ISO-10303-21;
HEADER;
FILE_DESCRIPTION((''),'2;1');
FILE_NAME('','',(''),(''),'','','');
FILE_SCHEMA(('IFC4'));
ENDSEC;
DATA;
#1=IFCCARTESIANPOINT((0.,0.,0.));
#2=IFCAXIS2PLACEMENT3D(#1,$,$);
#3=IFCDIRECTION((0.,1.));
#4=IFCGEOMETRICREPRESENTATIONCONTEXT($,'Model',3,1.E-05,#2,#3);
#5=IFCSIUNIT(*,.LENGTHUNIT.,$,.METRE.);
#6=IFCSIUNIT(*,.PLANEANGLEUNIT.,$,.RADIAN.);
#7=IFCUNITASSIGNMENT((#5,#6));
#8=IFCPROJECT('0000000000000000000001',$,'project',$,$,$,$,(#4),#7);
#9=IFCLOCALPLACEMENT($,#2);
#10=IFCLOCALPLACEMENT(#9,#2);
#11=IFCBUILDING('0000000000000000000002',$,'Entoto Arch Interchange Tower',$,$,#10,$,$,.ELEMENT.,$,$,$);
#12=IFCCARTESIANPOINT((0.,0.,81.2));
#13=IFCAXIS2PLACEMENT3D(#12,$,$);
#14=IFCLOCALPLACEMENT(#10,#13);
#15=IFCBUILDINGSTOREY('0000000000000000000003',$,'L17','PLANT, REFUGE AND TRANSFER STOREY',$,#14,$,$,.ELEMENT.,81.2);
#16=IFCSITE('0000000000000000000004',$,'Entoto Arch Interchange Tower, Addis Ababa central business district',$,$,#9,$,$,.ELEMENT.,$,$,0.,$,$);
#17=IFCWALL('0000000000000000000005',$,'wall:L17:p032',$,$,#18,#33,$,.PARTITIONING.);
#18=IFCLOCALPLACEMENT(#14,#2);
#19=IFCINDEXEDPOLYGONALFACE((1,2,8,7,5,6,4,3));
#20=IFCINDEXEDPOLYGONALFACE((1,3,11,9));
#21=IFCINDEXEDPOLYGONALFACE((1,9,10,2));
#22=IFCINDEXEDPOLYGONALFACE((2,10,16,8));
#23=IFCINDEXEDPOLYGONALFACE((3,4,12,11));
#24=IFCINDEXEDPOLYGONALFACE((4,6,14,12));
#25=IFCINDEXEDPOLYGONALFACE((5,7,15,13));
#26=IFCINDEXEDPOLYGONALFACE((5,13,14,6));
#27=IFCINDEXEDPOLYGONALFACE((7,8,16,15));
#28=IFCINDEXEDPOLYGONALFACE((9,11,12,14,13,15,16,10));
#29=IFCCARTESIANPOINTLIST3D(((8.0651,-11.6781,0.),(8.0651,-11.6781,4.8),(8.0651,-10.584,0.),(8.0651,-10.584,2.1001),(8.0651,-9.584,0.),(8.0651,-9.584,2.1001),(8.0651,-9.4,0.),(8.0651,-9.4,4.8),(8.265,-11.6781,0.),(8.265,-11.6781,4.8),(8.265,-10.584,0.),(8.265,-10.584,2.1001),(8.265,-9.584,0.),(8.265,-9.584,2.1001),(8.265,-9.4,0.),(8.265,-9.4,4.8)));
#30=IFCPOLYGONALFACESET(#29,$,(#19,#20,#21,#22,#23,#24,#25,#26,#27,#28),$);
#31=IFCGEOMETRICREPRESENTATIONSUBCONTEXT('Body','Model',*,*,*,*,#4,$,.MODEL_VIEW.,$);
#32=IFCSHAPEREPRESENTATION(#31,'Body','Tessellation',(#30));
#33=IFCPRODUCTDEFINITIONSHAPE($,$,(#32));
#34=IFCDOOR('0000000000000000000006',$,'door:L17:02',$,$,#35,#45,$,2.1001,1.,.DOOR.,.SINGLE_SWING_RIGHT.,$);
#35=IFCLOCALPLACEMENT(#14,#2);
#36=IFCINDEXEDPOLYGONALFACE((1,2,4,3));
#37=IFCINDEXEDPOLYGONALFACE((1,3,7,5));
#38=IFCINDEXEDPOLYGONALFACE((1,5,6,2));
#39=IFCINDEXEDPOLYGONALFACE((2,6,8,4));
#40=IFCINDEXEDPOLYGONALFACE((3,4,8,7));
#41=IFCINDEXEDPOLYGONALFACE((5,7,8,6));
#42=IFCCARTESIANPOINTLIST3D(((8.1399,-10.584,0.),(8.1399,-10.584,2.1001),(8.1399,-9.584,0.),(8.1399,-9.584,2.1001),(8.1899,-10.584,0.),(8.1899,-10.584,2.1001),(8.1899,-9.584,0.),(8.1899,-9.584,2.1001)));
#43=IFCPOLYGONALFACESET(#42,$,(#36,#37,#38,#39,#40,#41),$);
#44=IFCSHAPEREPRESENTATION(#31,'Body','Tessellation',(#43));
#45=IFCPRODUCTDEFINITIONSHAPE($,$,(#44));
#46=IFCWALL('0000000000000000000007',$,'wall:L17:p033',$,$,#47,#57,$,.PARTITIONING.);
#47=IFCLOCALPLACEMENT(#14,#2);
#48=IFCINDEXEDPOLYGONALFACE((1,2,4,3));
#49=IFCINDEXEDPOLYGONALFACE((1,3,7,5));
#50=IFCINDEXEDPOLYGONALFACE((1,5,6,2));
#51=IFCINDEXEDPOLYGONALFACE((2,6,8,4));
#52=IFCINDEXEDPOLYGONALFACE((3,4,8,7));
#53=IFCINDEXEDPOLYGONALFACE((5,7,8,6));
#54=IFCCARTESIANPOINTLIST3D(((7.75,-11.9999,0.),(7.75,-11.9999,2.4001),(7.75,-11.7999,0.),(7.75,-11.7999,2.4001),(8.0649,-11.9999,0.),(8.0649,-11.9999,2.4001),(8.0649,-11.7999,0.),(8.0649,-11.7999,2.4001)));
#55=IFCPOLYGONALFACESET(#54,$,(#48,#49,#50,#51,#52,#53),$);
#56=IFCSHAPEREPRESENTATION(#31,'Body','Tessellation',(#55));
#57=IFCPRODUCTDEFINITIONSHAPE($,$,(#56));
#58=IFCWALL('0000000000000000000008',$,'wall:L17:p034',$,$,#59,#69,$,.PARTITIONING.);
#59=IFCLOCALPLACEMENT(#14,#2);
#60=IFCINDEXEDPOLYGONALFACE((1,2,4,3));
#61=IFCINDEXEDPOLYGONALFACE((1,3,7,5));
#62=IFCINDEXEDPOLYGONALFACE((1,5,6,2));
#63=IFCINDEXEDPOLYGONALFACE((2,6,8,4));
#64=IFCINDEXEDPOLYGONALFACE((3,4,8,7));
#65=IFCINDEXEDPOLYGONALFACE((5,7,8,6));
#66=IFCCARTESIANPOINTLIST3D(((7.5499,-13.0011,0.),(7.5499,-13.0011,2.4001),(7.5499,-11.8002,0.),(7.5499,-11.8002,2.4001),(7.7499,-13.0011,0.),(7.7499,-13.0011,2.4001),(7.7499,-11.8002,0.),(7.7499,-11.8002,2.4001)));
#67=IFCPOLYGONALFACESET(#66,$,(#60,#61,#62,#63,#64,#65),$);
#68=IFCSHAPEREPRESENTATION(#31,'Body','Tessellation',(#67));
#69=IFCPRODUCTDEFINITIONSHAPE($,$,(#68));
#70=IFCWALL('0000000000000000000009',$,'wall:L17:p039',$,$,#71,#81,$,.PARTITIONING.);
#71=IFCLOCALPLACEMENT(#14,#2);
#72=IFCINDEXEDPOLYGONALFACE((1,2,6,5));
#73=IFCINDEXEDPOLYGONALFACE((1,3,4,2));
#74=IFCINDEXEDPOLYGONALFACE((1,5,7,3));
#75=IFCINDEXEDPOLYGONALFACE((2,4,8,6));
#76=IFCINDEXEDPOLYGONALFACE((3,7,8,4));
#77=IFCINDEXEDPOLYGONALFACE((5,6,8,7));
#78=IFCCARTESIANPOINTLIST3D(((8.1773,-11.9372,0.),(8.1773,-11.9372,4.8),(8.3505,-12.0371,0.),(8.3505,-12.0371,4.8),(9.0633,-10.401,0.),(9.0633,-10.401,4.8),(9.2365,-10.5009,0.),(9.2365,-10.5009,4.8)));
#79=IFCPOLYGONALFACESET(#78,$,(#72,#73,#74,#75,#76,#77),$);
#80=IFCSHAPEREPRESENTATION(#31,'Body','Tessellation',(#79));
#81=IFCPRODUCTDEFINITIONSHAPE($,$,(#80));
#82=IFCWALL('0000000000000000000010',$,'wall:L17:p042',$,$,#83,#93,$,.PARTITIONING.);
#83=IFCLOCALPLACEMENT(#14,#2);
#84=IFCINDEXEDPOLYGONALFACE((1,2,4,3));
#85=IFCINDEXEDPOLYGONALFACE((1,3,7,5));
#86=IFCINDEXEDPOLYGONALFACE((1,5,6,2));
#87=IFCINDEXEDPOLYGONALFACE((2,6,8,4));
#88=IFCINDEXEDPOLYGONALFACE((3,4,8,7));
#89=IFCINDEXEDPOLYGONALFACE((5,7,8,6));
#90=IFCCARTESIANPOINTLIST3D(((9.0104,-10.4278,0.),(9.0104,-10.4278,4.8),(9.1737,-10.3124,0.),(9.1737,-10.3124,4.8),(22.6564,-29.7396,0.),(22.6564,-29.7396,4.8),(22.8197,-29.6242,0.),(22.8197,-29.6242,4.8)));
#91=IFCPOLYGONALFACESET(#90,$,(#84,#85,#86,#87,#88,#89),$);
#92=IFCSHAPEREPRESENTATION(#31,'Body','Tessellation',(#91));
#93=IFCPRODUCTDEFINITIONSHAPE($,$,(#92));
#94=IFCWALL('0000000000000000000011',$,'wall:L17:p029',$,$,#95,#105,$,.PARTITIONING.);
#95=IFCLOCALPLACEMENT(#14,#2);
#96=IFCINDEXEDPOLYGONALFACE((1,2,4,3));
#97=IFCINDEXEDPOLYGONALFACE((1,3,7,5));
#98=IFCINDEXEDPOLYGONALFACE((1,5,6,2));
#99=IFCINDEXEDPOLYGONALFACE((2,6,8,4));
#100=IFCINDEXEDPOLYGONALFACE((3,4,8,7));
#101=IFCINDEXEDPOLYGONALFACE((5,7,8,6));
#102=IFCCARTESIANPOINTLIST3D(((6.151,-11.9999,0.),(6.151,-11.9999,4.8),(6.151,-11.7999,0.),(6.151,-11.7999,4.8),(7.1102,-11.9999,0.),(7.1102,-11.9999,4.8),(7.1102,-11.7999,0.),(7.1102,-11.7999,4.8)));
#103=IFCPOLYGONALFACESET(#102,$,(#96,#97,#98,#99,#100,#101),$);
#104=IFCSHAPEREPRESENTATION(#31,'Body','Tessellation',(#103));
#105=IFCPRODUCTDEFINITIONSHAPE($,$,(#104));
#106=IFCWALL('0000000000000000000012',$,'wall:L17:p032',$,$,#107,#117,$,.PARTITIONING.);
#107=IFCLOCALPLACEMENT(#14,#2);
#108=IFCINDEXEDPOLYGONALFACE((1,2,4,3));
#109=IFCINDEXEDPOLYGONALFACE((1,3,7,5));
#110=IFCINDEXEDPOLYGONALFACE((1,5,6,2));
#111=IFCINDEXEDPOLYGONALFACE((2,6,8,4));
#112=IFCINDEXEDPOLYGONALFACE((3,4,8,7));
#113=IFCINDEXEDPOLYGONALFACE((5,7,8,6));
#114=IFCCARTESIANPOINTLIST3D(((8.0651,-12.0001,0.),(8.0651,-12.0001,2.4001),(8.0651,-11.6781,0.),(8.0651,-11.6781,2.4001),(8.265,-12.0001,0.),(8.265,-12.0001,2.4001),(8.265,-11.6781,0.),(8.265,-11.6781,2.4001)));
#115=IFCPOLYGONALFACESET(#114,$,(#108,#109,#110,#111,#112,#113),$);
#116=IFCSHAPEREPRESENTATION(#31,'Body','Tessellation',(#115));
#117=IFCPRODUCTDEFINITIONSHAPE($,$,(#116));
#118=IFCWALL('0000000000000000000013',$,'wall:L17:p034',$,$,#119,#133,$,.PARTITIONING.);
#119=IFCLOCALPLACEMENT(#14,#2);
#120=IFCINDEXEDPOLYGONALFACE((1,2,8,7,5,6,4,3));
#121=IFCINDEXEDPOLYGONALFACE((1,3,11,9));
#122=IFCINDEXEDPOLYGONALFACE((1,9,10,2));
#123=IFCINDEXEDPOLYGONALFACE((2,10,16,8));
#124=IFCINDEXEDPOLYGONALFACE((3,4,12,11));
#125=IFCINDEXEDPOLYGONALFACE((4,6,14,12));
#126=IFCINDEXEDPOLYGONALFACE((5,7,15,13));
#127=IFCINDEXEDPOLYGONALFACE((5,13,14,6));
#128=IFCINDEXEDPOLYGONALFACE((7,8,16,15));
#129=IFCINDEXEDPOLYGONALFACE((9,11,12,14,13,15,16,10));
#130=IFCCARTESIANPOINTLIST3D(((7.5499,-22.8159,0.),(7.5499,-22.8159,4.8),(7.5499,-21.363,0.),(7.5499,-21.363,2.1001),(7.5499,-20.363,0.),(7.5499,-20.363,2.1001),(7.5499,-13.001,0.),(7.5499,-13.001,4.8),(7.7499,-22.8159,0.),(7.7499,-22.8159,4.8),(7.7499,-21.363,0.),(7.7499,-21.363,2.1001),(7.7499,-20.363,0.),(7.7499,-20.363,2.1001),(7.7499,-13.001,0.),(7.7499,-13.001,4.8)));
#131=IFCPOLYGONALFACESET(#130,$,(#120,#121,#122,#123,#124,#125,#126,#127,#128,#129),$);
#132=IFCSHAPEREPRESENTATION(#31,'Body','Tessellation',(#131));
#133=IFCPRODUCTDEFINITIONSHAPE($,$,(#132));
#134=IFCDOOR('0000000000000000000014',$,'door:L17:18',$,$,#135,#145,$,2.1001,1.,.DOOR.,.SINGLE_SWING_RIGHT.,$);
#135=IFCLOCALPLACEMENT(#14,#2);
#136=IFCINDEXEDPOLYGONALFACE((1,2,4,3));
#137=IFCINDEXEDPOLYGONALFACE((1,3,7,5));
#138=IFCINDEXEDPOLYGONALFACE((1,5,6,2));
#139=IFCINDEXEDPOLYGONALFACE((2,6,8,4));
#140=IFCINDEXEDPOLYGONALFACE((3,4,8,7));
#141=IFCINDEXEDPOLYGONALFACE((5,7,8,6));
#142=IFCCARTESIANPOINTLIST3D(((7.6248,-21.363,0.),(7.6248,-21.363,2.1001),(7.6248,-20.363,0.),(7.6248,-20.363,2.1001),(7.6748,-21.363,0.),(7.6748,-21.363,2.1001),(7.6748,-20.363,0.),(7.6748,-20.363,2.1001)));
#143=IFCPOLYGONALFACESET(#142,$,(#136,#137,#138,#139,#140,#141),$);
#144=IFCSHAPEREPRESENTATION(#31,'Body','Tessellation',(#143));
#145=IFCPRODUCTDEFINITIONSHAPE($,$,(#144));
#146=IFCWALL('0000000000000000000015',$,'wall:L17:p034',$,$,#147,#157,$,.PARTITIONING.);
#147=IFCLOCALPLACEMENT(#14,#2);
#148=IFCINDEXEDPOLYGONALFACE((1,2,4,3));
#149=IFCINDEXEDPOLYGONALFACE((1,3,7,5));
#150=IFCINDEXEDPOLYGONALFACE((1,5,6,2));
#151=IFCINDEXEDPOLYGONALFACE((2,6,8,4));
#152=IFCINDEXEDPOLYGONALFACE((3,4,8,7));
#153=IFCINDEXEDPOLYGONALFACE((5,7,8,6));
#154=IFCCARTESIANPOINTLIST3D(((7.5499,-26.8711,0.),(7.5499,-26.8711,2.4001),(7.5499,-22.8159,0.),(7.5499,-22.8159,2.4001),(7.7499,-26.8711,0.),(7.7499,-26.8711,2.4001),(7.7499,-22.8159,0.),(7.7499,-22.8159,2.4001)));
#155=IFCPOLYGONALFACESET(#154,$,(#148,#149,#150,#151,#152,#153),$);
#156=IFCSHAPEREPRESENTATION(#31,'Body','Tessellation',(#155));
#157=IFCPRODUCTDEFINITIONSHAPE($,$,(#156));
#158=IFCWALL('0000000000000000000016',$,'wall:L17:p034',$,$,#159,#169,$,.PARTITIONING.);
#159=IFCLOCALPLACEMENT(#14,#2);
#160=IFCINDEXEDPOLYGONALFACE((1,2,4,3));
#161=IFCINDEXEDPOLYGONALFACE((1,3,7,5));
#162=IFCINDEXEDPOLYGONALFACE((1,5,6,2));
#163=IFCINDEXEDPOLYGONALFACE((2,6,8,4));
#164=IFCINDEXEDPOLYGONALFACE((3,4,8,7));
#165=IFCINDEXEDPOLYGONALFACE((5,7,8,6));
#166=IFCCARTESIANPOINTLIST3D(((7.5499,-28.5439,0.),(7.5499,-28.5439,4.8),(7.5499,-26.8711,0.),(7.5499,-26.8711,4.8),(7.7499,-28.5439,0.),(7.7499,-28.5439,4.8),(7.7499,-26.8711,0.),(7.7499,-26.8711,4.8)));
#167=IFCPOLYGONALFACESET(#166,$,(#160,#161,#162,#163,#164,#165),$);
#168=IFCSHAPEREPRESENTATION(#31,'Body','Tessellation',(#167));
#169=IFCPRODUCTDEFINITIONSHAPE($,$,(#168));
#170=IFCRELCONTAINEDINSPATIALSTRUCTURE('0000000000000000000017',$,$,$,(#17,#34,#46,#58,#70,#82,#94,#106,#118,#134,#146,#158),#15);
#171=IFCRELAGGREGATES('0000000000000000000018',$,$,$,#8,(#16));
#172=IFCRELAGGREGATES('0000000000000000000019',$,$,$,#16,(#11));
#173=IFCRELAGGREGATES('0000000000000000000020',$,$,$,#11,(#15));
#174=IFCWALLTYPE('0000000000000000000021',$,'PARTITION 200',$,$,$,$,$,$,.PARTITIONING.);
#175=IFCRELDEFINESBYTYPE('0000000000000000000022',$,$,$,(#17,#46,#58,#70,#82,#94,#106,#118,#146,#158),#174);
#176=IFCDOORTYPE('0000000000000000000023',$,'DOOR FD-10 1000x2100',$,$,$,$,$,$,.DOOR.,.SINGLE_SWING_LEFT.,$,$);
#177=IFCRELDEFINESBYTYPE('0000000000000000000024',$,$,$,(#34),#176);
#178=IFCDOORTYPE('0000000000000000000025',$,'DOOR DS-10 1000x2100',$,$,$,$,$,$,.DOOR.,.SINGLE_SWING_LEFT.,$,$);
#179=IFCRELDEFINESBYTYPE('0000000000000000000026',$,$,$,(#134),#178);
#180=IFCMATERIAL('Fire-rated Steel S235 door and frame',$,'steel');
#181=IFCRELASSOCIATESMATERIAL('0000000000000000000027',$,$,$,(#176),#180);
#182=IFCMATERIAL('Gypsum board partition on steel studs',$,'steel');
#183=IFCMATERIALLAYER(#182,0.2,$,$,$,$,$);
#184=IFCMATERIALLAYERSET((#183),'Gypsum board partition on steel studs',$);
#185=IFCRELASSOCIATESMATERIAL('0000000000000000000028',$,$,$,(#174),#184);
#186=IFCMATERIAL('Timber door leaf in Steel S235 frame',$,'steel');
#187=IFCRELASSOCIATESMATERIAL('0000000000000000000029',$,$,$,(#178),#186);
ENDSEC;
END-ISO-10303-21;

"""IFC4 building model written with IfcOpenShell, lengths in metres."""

from ifc_helpers import new_model, si_unit, direction, frame, frame_2d, origin, place, context, subcontext, project, spatial, rectangle, extrude, material, layer, layer_set, type_object, element, fill, save


model = new_model("IFC4")

# Units and contexts
model_context = context("Model", 3, precision=1e-05, world=origin(), true_north=direction((0.0, 1.0)))
body_context = subcontext(model_context, "Body", "Model", "MODEL_VIEW")
ifc_project = project(units=[si_unit("LENGTHUNIT", "METRE"), si_unit("PLANEANGLEUNIT", "RADIAN")], contexts=[model_context])

# Site, building, storey
site_placement = place(None, origin())
site = spatial("IfcSite", under=ifc_project, at=site_placement, Name="Entoto Arch Interchange Tower, Addis Ababa central business district", CompositionType="ELEMENT", RefElevation=0.0)
building_placement = place(site_placement, origin())
building = spatial("IfcBuilding", under=site, at=building_placement, Name="Entoto Arch Interchange Tower", CompositionType="ELEMENT")
storey_placement = place(building_placement, frame((0.0, 0.0, 81.2)))
storey = spatial("IfcBuildingStorey", under=building, at=storey_placement, Name="L17", Description="PLANT, REFUGE AND TRANSFER STOREY", CompositionType="ELEMENT", Elevation=81.2)

# Shared definitions
ifc_material_1 = material(Name="Fire-rated Steel S235 door and frame", Category="steel")
door_type_1 = type_object("IfcDoorType", Name="DOOR FD-10 1000x2100", OperationType="SINGLE_SWING_LEFT", PredefinedType="DOOR", material=ifc_material_1)
ifc_material_2 = material(Name="Gypsum board partition on steel studs", Category="steel")
ifc_layer_1 = layer(ifc_material_2, 0.2)
ifc_layer_set_1 = layer_set([ifc_layer_1], Name="Gypsum board partition on steel studs")
wall_type_1 = type_object("IfcWallType", Name="PARTITION 200", PredefinedType="PARTITIONING", material=ifc_layer_set_1)

# Wall, opening, door
wall_1_placement = place(storey_placement, frame((8.165, -9.3999, 0.0), z_axis=(0.0, 0.0, 1.0), x_axis=(0.0, -1.0, 0.0)))
wall_1 = element("IfcWall", 1, at=wall_1_placement, inside=storey, type_object=wall_type_1, Name="wall:L17:p032", PredefinedType="PARTITIONING", context=body_context, shape_type="SweptSolid", body=[
    extrude(rectangle(XDim=2.2781, YDim=0.2, at=frame_2d((1.1392, 0.0))), origin(), (0.0, 0.0, 1.0), 4.8),
])
opening_1_placement = place(wall_1_placement, frame((0.1841, 0.0, 0.0)))
opening_1 = element("IfcOpeningElement", 2, at=opening_1_placement, cuts=wall_1, PredefinedType="OPENING", context=body_context, shape_type="SweptSolid", body=[
    extrude(rectangle(XDim=1.0, YDim=2.1001, at=frame_2d((0.5, 1.05))), frame((0.0, 0.1099, 0.0), z_axis=(0.0, -1.0, 0.0), x_axis=(1.0, 0.0, 0.0)), (0.0, 0.0, 1.0), 0.22),
])
door_1_placement = place(opening_1_placement, origin())
door_1 = element("IfcDoor", 3, at=door_1_placement, inside=storey, type_object=door_type_1, Name="door:L17:02", OperationType="SINGLE_SWING_RIGHT", OverallHeight=2.1001, OverallWidth=1.0, PredefinedType="DOOR", context=body_context, shape_type="SweptSolid", body=[
    extrude(rectangle(XDim=1.0, YDim=2.1001, at=frame_2d((0.5, 1.05))), frame((0.0, 0.0249, 0.0), z_axis=(0.0, -1.0, 0.0), x_axis=(1.0, 0.0, 0.0)), (0.0, 0.0, 1.0), 0.05),
])
fill(opening_1, door_1)

# Walls
wall_2_placement = place(storey_placement, frame((8.0649, -11.8999, 0.0), z_axis=(0.0, 0.0, 1.0), x_axis=(-1.0, 0.0, 0.0)))
element("IfcWall", 4, at=wall_2_placement, inside=storey, type_object=wall_type_1, Name="wall:L17:p033", PredefinedType="PARTITIONING", context=body_context, shape_type="SweptSolid", body=[
    extrude(rectangle(XDim=0.3149, YDim=0.2, at=frame_2d((0.1575, 0.0))), origin(), (0.0, 0.0, 1.0), 2.4001),
])
wall_3_placement = place(storey_placement, frame((7.6499, -11.8, 0.0), z_axis=(0.0, 0.0, 1.0), x_axis=(0.0, -1.0, 0.0)))
element("IfcWall", 5, at=wall_3_placement, inside=storey, type_object=wall_type_1, Name="wall:L17:p034", PredefinedType="PARTITIONING", context=body_context, shape_type="SweptSolid", body=[
    extrude(rectangle(XDim=1.2009, YDim=0.2, at=frame_2d((0.6006, 0.0))), origin(), (0.0, 0.0, 1.0), 2.4001),
])
wall_4_placement = place(storey_placement, frame((9.1499, -10.4509, 0.0), z_axis=(0.0, 0.0, 1.0), x_axis=(-0.499619, -0.866245, 0.0)))
element("IfcWall", 6, at=wall_4_placement, inside=storey, type_object=wall_type_1, Name="wall:L17:p039", PredefinedType="PARTITIONING", context=body_context, shape_type="SweptSolid", body=[
    extrude(rectangle(XDim=1.7734, YDim=0.2, at=frame_2d((0.8867, 0.0))), origin(), (0.0, 0.0, 1.0), 4.8),
])
wall_5_placement = place(storey_placement, frame((9.092, -10.3701, 0.0), z_axis=(0.0, 0.0, 1.0), x_axis=(0.577083, -0.816686, 0.0)))
element("IfcWall", 7, at=wall_5_placement, inside=storey, type_object=wall_type_1, Name="wall:L17:p042", PredefinedType="PARTITIONING", context=body_context, shape_type="SweptSolid", body=[
    extrude(rectangle(XDim=23.6465, YDim=0.2, at=frame_2d((11.8232, 0.0))), origin(), (0.0, 0.0, 1.0), 4.8),
])
wall_6_placement = place(storey_placement, frame((7.1101, -11.8999, 0.0), z_axis=(0.0, 0.0, 1.0), x_axis=(-1.0, 0.0, 0.0)))
element("IfcWall", 8, at=wall_6_placement, inside=storey, type_object=wall_type_1, Name="wall:L17:p029", PredefinedType="PARTITIONING", context=body_context, shape_type="SweptSolid", body=[
    extrude(rectangle(XDim=0.9592, YDim=0.2, at=frame_2d((0.4795, 0.0))), origin(), (0.0, 0.0, 1.0), 4.8),
])
wall_7_placement = place(storey_placement, frame((8.165, -11.678, 0.0), z_axis=(0.0, 0.0, 1.0), x_axis=(0.0, -1.0, 0.0)))
element("IfcWall", 9, at=wall_7_placement, inside=storey, type_object=wall_type_1, Name="wall:L17:p032", PredefinedType="PARTITIONING", context=body_context, shape_type="SweptSolid", body=[
    extrude(rectangle(XDim=0.322, YDim=0.2, at=frame_2d((0.1611, 0.0))), origin(), (0.0, 0.0, 1.0), 2.4001),
])

# Wall, opening, door
wall_8_placement = place(storey_placement, frame((7.6499, -13.001, 0.0), z_axis=(0.0, 0.0, 1.0), x_axis=(0.0, -1.0, 0.0)))
wall_8 = element("IfcWall", 10, at=wall_8_placement, inside=storey, type_object=wall_type_1, Name="wall:L17:p034", PredefinedType="PARTITIONING", context=body_context, shape_type="SweptSolid", body=[
    extrude(rectangle(XDim=9.8149, YDim=0.2, at=frame_2d((4.9075, 0.0))), origin(), (0.0, 0.0, 1.0), 4.8),
])
opening_2_placement = place(wall_8_placement, frame((7.3621, 0.0, 0.0)))
opening_2 = element("IfcOpeningElement", 11, at=opening_2_placement, cuts=wall_8, PredefinedType="OPENING", context=body_context, shape_type="SweptSolid", body=[
    extrude(rectangle(XDim=1.0, YDim=2.1001, at=frame_2d((0.5, 1.05))), frame((0.0, 0.1099, 0.0), z_axis=(0.0, -1.0, 0.0), x_axis=(1.0, 0.0, 0.0)), (0.0, 0.0, 1.0), 0.22),
])
ifc_material_3 = material(Name="Timber door leaf in Steel S235 frame", Category="steel")
door_type_2 = type_object("IfcDoorType", Name="DOOR DS-10 1000x2100", OperationType="SINGLE_SWING_LEFT", PredefinedType="DOOR", material=ifc_material_3)
door_2_placement = place(opening_2_placement, origin())
door_2 = element("IfcDoor", 12, at=door_2_placement, inside=storey, type_object=door_type_2, Name="door:L17:18", OperationType="SINGLE_SWING_RIGHT", OverallHeight=2.1001, OverallWidth=1.0, PredefinedType="DOOR", context=body_context, shape_type="SweptSolid", body=[
    extrude(rectangle(XDim=1.0, YDim=2.1001, at=frame_2d((0.5, 1.05))), frame((0.0, 0.0249, 0.0), z_axis=(0.0, -1.0, 0.0), x_axis=(1.0, 0.0, 0.0)), (0.0, 0.0, 1.0), 0.05),
])
fill(opening_2, door_2)

# Walls
wall_9_placement = place(storey_placement, frame((7.6499, -22.8159, 0.0), z_axis=(0.0, 0.0, 1.0), x_axis=(0.0, -1.0, 0.0)))
element("IfcWall", 13, at=wall_9_placement, inside=storey, type_object=wall_type_1, Name="wall:L17:p034", PredefinedType="PARTITIONING", context=body_context, shape_type="SweptSolid", body=[
    extrude(rectangle(XDim=4.0552, YDim=0.2, at=frame_2d((2.0276, 0.0))), origin(), (0.0, 0.0, 1.0), 2.4001),
])
wall_10_placement = place(storey_placement, frame((7.6499, -26.8711, 0.0), z_axis=(0.0, 0.0, 1.0), x_axis=(0.0, -1.0, 0.0)))
element("IfcWall", 14, at=wall_10_placement, inside=storey, type_object=wall_type_1, Name="wall:L17:p034", PredefinedType="PARTITIONING", context=body_context, shape_type="SweptSolid", body=[
    extrude(rectangle(XDim=1.6729, YDim=0.2, at=frame_2d((0.8364, 0.0))), origin(), (0.0, 0.0, 1.0), 4.8),
])

save(model, "model.ifc")
